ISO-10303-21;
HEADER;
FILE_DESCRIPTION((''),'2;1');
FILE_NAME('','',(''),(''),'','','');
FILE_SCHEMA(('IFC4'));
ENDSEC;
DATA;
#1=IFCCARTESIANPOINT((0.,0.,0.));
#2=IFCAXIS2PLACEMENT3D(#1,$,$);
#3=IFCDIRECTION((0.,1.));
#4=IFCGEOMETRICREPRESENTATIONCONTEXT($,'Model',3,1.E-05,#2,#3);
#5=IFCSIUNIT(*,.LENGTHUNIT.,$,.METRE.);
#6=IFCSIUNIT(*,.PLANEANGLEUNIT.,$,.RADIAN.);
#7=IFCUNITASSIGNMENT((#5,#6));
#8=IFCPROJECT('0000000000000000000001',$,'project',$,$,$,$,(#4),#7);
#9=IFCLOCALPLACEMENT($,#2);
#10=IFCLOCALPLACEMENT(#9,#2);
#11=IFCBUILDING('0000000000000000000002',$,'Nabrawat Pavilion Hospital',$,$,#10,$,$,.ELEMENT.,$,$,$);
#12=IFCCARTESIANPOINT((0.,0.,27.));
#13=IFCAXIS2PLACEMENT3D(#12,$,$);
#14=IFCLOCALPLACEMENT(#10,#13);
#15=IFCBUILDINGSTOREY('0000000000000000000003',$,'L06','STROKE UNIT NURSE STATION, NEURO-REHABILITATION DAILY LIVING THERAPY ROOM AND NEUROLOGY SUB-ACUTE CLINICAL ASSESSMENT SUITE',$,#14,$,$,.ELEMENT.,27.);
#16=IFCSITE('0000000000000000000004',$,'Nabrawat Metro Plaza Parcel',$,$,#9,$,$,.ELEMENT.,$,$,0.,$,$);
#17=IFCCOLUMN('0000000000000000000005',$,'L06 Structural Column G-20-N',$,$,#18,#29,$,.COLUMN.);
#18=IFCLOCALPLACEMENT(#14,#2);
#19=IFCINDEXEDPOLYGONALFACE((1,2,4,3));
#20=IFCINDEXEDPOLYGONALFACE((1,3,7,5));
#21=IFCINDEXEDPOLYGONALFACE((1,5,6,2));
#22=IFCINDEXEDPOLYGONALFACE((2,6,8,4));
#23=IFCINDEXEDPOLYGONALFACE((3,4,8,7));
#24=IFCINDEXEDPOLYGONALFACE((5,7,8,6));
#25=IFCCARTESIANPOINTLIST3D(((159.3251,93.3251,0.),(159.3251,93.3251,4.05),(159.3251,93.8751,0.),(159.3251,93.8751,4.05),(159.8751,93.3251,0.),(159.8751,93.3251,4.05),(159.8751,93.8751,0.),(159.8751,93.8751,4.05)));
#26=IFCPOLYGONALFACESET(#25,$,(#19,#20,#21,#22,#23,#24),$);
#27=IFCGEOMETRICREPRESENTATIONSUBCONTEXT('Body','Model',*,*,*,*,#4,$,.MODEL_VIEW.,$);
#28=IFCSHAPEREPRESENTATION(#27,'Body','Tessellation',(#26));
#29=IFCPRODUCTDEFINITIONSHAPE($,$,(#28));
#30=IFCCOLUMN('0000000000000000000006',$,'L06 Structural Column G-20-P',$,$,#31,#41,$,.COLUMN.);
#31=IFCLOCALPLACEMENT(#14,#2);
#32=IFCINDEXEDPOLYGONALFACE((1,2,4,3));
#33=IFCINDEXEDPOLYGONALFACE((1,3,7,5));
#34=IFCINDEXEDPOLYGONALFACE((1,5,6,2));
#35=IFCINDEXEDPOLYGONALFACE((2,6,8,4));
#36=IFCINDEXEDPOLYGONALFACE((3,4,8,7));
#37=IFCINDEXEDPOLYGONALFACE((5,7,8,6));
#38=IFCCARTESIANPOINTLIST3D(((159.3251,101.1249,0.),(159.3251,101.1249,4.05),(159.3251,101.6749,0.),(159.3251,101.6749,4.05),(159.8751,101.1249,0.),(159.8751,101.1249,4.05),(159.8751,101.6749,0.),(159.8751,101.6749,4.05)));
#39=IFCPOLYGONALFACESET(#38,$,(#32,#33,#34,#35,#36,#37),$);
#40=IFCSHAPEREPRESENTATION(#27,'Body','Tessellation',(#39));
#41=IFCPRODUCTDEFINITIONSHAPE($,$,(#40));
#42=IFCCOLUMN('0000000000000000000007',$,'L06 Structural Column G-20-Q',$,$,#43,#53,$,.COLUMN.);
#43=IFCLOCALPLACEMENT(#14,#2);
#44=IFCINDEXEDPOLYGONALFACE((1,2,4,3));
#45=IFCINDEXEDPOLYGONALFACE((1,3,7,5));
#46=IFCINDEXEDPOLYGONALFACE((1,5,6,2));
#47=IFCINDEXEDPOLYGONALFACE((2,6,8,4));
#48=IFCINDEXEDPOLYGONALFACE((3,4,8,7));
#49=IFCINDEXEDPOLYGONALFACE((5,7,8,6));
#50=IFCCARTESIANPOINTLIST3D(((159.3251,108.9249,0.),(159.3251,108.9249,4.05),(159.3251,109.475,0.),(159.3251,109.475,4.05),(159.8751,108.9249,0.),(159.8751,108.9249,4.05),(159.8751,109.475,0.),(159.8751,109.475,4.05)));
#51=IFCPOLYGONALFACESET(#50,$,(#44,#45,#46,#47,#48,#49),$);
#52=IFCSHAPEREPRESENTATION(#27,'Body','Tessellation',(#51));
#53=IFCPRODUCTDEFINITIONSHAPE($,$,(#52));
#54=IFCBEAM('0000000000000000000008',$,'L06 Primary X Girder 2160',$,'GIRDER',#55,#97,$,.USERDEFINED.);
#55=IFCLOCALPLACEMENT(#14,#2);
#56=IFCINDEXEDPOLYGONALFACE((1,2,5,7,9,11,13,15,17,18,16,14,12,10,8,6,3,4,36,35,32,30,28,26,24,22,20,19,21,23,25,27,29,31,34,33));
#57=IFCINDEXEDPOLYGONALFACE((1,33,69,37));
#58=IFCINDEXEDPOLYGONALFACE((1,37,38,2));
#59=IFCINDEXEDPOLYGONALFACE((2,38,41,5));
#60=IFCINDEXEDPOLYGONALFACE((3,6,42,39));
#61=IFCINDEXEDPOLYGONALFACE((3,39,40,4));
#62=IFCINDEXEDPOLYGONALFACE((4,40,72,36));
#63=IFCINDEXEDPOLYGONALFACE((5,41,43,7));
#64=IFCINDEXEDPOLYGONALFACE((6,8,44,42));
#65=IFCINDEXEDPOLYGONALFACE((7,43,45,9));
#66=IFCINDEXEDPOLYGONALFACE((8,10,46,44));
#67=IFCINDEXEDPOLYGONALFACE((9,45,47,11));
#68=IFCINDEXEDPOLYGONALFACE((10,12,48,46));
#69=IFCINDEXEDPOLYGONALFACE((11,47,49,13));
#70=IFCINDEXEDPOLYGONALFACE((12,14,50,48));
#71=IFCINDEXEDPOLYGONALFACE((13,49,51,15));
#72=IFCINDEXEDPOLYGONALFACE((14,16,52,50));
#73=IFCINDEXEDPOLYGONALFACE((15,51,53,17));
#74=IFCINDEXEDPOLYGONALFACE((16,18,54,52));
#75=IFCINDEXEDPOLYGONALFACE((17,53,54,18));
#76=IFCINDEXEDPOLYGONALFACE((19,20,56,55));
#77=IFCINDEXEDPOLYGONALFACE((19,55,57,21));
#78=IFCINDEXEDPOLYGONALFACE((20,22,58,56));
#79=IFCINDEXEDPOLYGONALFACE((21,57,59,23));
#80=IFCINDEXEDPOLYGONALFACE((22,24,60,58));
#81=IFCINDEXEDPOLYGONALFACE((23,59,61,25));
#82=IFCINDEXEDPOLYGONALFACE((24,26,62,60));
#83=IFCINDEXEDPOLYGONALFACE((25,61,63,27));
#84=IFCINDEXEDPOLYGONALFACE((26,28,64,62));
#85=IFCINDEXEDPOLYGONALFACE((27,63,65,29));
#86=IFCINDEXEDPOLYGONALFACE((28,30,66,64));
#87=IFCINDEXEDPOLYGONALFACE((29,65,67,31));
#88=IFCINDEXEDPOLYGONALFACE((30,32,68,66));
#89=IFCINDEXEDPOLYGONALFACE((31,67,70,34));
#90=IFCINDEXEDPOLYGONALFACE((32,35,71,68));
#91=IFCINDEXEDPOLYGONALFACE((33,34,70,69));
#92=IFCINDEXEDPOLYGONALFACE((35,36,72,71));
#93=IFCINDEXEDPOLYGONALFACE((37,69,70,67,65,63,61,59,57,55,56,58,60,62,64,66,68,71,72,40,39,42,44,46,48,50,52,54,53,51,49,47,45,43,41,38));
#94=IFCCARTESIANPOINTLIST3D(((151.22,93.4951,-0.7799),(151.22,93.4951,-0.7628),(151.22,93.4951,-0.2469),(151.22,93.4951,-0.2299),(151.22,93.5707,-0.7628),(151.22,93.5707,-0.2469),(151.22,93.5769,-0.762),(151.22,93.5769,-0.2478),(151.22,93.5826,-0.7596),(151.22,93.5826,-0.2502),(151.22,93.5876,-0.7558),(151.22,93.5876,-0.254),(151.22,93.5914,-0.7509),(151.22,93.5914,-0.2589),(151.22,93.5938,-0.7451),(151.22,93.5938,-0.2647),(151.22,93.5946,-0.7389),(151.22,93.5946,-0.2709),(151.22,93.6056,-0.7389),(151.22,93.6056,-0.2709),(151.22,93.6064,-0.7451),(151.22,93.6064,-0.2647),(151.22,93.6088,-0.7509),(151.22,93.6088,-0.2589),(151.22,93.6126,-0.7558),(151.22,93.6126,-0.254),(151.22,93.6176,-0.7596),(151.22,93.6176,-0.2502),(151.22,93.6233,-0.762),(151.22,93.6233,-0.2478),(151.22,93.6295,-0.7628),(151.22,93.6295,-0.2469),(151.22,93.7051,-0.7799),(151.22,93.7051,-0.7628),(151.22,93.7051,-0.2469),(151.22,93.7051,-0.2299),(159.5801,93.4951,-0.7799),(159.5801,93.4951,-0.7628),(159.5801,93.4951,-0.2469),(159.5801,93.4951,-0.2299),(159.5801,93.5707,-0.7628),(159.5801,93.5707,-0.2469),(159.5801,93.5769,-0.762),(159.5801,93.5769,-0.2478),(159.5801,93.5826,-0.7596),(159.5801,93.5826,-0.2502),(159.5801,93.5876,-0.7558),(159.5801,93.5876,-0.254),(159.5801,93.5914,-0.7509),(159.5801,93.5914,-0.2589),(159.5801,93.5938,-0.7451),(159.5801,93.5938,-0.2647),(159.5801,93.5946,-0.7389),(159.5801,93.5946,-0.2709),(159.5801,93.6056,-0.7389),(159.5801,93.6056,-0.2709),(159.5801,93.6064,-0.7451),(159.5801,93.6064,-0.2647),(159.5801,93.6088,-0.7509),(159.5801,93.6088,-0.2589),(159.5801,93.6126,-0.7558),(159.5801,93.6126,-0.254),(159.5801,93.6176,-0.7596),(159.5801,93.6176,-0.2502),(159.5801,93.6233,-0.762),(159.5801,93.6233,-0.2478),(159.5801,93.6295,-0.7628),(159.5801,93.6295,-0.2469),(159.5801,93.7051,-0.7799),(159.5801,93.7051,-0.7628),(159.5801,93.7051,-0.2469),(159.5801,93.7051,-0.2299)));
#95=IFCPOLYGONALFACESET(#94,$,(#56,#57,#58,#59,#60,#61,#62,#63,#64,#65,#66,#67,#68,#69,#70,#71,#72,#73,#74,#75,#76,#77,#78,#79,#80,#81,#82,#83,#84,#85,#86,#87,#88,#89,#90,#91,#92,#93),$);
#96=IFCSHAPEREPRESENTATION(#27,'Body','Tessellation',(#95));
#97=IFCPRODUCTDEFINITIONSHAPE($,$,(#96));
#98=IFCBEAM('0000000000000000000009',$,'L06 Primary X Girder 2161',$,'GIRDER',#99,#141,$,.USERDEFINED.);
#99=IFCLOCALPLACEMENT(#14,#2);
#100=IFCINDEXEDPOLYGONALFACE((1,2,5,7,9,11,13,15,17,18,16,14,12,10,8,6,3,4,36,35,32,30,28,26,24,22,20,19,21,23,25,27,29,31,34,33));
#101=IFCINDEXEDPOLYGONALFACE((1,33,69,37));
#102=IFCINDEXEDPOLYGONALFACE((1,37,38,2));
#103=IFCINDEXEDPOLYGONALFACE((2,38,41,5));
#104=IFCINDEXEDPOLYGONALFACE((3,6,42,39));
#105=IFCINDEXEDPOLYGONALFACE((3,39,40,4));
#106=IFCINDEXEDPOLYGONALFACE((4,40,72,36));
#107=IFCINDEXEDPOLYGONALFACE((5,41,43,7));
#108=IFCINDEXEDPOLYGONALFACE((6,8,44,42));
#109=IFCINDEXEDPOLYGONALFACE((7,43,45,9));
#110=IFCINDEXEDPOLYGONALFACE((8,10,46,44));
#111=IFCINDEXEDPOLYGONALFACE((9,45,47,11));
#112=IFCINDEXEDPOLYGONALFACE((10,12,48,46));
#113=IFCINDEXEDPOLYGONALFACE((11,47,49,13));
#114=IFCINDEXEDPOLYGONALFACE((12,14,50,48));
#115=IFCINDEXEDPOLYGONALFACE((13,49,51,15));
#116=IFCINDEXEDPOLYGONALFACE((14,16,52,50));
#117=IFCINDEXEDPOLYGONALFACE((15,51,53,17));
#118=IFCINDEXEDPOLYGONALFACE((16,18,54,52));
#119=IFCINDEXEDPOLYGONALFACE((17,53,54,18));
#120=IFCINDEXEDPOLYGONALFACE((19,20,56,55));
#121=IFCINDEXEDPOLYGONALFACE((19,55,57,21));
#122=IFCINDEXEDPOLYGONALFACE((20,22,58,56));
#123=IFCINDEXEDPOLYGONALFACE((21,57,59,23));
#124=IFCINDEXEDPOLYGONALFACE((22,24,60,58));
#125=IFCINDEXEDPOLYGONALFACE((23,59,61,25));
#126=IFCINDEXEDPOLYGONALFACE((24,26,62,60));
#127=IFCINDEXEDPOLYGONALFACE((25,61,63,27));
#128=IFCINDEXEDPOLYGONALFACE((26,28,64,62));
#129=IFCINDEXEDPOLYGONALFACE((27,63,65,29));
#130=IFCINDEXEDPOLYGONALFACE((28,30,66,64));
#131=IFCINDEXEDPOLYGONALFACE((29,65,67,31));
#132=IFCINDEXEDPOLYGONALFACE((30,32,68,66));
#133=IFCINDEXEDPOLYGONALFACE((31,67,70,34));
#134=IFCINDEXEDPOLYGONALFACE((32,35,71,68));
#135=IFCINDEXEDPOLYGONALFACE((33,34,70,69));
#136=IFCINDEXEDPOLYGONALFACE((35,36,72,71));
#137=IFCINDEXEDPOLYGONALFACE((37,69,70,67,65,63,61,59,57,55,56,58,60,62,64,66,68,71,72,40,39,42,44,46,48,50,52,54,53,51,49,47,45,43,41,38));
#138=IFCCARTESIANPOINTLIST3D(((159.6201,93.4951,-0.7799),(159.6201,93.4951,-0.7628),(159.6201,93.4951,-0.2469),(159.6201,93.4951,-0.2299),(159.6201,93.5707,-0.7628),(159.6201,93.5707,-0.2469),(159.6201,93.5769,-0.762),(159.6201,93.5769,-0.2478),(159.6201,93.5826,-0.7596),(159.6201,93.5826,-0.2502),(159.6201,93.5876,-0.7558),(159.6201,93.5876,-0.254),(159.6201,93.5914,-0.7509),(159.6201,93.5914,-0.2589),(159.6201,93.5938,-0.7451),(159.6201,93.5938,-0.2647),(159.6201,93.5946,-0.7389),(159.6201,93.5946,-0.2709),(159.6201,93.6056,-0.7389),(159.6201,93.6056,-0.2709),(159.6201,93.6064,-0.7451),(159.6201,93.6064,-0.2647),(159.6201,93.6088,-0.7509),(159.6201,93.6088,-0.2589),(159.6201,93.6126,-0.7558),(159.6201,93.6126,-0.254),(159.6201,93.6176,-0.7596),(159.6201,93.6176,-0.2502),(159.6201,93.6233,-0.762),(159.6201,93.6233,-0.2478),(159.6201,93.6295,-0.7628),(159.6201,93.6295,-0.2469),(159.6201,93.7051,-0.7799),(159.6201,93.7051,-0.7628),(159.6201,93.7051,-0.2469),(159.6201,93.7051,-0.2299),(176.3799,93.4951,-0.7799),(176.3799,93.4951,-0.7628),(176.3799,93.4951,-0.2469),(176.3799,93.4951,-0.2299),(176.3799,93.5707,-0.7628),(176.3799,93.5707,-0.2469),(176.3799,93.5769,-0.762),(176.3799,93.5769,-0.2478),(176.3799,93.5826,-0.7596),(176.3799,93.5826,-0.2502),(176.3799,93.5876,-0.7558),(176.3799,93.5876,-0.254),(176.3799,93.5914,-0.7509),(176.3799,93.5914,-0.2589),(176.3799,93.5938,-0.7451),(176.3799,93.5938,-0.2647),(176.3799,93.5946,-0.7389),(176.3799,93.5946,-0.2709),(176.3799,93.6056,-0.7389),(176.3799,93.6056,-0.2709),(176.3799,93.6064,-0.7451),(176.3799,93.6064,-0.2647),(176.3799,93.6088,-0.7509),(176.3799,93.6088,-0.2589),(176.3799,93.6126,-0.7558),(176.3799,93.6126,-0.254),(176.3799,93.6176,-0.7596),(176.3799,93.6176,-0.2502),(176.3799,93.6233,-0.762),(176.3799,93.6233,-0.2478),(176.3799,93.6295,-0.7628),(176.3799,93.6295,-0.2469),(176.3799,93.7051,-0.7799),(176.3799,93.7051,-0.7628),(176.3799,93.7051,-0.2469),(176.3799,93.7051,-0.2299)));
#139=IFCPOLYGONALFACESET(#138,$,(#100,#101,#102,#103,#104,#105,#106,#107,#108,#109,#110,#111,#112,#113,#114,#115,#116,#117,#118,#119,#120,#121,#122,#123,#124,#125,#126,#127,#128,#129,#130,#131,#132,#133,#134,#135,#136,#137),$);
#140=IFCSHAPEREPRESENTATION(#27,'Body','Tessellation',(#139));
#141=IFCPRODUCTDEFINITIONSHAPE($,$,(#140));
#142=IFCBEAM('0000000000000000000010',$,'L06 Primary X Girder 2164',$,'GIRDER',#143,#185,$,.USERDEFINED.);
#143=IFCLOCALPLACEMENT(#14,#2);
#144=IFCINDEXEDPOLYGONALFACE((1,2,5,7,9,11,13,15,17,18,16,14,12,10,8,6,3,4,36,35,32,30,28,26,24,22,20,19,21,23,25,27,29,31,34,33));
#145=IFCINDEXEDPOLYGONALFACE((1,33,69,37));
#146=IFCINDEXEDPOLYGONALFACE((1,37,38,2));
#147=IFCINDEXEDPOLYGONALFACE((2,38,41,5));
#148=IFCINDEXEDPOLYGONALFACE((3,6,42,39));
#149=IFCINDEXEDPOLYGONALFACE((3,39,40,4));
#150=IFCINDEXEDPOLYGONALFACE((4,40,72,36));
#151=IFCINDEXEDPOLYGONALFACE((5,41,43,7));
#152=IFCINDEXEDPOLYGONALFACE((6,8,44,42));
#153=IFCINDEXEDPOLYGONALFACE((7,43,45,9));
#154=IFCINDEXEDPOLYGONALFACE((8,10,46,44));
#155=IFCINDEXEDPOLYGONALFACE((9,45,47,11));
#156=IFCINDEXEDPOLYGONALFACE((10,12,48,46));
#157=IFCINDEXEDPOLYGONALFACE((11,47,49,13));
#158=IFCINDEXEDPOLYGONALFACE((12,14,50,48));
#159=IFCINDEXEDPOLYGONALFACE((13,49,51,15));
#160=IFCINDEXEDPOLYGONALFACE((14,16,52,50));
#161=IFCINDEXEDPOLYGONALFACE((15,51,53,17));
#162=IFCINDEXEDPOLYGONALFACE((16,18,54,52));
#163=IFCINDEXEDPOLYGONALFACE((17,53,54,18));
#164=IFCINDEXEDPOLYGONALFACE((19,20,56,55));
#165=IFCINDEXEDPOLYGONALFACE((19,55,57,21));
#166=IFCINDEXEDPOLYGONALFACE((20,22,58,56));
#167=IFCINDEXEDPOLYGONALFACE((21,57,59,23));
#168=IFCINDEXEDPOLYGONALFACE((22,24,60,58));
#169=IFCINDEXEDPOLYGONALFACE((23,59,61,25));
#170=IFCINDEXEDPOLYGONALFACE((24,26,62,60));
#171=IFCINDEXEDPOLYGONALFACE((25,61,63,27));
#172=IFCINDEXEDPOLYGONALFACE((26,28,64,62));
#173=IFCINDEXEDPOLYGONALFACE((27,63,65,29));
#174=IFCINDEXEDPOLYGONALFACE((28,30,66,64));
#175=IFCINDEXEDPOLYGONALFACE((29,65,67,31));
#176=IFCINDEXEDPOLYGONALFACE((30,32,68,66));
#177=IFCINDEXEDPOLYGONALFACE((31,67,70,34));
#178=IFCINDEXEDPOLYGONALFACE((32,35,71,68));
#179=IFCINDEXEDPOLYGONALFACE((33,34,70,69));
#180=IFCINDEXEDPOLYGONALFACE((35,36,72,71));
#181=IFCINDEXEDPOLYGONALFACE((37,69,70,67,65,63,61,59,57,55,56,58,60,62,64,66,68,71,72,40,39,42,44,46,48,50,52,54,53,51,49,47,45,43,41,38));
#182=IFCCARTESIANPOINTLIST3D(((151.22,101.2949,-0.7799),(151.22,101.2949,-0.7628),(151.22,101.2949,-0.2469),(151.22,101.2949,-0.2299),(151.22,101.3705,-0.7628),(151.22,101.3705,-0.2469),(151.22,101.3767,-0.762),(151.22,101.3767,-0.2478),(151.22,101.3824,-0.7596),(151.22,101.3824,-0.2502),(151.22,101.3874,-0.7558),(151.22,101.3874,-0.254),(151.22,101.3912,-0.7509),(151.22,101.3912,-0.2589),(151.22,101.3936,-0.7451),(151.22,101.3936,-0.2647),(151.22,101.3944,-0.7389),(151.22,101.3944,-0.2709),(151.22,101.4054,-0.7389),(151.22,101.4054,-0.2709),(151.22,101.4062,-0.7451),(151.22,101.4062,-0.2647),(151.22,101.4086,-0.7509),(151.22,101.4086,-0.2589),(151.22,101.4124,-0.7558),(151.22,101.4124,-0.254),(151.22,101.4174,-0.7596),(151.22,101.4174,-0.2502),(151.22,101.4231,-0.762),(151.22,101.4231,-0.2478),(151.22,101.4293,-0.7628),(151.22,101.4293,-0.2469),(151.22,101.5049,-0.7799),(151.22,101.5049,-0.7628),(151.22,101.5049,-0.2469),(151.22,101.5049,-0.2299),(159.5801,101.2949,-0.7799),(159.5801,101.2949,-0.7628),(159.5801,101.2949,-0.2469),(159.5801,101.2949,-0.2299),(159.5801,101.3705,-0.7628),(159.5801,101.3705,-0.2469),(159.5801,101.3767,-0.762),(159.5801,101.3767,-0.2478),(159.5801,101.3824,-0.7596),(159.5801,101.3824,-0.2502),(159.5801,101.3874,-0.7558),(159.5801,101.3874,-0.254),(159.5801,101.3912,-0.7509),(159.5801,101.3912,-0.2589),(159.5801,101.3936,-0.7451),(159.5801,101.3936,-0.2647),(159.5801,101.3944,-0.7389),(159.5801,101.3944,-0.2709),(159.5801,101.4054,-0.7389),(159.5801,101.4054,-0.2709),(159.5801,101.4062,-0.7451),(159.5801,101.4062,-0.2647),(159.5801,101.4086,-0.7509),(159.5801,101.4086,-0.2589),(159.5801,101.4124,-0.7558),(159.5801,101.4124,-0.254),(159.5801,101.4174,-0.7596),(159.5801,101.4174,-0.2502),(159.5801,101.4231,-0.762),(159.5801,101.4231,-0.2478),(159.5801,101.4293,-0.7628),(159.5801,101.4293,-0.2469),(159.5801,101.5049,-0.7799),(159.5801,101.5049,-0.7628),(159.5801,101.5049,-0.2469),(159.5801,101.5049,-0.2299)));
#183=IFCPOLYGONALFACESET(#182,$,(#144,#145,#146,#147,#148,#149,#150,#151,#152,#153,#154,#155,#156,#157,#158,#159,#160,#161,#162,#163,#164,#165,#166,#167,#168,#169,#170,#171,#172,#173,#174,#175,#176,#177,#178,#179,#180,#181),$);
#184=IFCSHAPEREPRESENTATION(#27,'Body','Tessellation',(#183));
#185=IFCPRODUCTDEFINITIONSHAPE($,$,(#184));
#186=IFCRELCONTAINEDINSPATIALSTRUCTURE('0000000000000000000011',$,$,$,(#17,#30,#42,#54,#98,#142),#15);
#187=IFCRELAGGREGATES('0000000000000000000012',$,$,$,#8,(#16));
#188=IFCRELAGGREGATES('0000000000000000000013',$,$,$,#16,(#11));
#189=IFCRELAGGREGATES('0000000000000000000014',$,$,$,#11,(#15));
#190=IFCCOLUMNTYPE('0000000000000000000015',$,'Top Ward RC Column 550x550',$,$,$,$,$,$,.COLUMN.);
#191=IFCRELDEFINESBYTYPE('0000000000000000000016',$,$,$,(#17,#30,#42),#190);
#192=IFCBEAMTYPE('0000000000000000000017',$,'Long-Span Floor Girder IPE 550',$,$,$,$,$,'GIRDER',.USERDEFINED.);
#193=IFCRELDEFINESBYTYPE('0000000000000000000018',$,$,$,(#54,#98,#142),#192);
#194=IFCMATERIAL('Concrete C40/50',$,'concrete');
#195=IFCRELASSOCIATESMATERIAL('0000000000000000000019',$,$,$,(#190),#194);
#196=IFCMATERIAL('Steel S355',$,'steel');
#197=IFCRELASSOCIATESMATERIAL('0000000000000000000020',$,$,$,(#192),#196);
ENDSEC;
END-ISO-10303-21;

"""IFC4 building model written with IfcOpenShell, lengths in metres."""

from ifc_helpers import new_model, si_unit, direction, frame, origin, origin_2d, place, context, subcontext, project, spatial, rectangle, i_section, extrude, material, material_profile, profile_set, type_object, element, save


model = new_model("IFC4")

# Units and contexts
model_context = context("Model", 3, precision=1e-05, world=origin(), true_north=direction((0.0, 1.0)))
body_context = subcontext(model_context, "Body", "Model", "MODEL_VIEW")
ifc_project = project(units=[si_unit("LENGTHUNIT", "METRE"), si_unit("PLANEANGLEUNIT", "RADIAN")], contexts=[model_context])

# Site, building, storey
site_placement = place(None, origin())
site = spatial("IfcSite", under=ifc_project, at=site_placement, Name="Nabrawat Metro Plaza Parcel", CompositionType="ELEMENT", RefElevation=0.0)
building_placement = place(site_placement, origin())
building = spatial("IfcBuilding", under=site, at=building_placement, Name="Nabrawat Pavilion Hospital", CompositionType="ELEMENT")
storey_placement = place(building_placement, frame((0.0, 0.0, 27.0)))
storey = spatial("IfcBuildingStorey", under=building, at=storey_placement, Name="L06", Description="STROKE UNIT NURSE STATION, NEURO-REHABILITATION DAILY LIVING THERAPY ROOM AND NEUROLOGY SUB-ACUTE CLINICAL ASSESSMENT SUITE", CompositionType="ELEMENT", Elevation=27.0)

# Columns
ifc_material_1 = material(Name="Concrete C40/50", Category="concrete")
ifc_material_profile_1 = material_profile(ifc_material_1, rectangle(XDim=0.55, YDim=0.55, at=origin_2d()), Name="RC 550x550")
ifc_profile_set_1 = profile_set([ifc_material_profile_1], Name="Concrete C40/50")
column_type = type_object("IfcColumnType", Name="Top Ward RC Column 550x550", PredefinedType="COLUMN", material=ifc_profile_set_1)
for number, where, z_axis, x_axis, name in (
    (1, (159.6001, 93.6001, 0.0), (0.0, 0.0, 1.0), (1.0, 0.0, 0.0), "L06 Structural Column G-20-N"),
    (2, (159.6001, 101.3999, 0.0), (0.0, 0.0, 1.0), (1.0, 0.0, 0.0), "L06 Structural Column G-20-P"),
    (3, (159.6001, 109.2, 0.0), (0.0, 0.0, 1.0), (1.0, 0.0, 0.0), "L06 Structural Column G-20-Q"),
):
    element("IfcColumn", number, at=place(storey_placement, frame(where, z_axis=z_axis, x_axis=x_axis)), inside=storey, type_object=column_type, Name=name, PredefinedType="COLUMN", context=body_context, shape_type="SweptSolid", body=[
        extrude(rectangle(XDim=0.55, YDim=0.55, at=origin_2d()), origin(), (0.0, 0.0, 1.0), 4.05),
    ])

# Beams
ifc_material_2 = material(Name="Steel S355", Category="steel")
ifc_material_profile_2 = material_profile(ifc_material_2, i_section(OverallWidth=0.21, OverallDepth=0.55, WebThickness=0.011, FlangeThickness=0.0171, FilletRadius=0.0239, at=origin_2d()), Name="IPE 550")
ifc_profile_set_2 = profile_set([ifc_material_profile_2], Name="Steel S355")
beam_type_1 = type_object("IfcBeamType", Name="Long-Span Floor Girder IPE 550", ElementType="GIRDER", PredefinedType="USERDEFINED", material=ifc_profile_set_2)
beam_1_placement = place(storey_placement, frame((151.22, 93.6001, -0.5049), z_axis=(1.0, 0.0, 0.0), x_axis=(0.0, 1.0, 0.0)))
element("IfcBeam", 4, at=beam_1_placement, inside=storey, type_object=beam_type_1, Name="L06 Primary X Girder 2160", ObjectType="GIRDER", PredefinedType="USERDEFINED", context=body_context, shape_type="SweptSolid", body=[
    extrude(i_section(OverallWidth=0.21, OverallDepth=0.55, WebThickness=0.011, FlangeThickness=0.0171, FilletRadius=0.0239, at=origin_2d()), origin(), (0.0, 0.0, 1.0), 8.3601),
])
beam_2_placement = place(storey_placement, frame((159.6201, 93.6001, -0.5049), z_axis=(1.0, 0.0, 0.0), x_axis=(0.0, 1.0, 0.0)))
element("IfcBeam", 5, at=beam_2_placement, inside=storey, type_object=beam_type_1, Name="L06 Primary X Girder 2161", ObjectType="GIRDER", PredefinedType="USERDEFINED", context=body_context, shape_type="SweptSolid", body=[
    extrude(i_section(OverallWidth=0.21, OverallDepth=0.55, WebThickness=0.011, FlangeThickness=0.0171, FilletRadius=0.0239, at=origin_2d()), origin(), (0.0, 0.0, 1.0), 16.7598),
])
beam_3_placement = place(storey_placement, frame((151.22, 101.3999, -0.5049), z_axis=(1.0, 0.0, 0.0), x_axis=(0.0, 1.0, 0.0)))
element("IfcBeam", 6, at=beam_3_placement, inside=storey, type_object=beam_type_1, Name="L06 Primary X Girder 2164", ObjectType="GIRDER", PredefinedType="USERDEFINED", context=body_context, shape_type="SweptSolid", body=[
    extrude(i_section(OverallWidth=0.21, OverallDepth=0.55, WebThickness=0.011, FlangeThickness=0.0171, FilletRadius=0.0239, at=origin_2d()), origin(), (0.0, 0.0, 1.0), 8.3601),
])

save(model, "model.ifc")
